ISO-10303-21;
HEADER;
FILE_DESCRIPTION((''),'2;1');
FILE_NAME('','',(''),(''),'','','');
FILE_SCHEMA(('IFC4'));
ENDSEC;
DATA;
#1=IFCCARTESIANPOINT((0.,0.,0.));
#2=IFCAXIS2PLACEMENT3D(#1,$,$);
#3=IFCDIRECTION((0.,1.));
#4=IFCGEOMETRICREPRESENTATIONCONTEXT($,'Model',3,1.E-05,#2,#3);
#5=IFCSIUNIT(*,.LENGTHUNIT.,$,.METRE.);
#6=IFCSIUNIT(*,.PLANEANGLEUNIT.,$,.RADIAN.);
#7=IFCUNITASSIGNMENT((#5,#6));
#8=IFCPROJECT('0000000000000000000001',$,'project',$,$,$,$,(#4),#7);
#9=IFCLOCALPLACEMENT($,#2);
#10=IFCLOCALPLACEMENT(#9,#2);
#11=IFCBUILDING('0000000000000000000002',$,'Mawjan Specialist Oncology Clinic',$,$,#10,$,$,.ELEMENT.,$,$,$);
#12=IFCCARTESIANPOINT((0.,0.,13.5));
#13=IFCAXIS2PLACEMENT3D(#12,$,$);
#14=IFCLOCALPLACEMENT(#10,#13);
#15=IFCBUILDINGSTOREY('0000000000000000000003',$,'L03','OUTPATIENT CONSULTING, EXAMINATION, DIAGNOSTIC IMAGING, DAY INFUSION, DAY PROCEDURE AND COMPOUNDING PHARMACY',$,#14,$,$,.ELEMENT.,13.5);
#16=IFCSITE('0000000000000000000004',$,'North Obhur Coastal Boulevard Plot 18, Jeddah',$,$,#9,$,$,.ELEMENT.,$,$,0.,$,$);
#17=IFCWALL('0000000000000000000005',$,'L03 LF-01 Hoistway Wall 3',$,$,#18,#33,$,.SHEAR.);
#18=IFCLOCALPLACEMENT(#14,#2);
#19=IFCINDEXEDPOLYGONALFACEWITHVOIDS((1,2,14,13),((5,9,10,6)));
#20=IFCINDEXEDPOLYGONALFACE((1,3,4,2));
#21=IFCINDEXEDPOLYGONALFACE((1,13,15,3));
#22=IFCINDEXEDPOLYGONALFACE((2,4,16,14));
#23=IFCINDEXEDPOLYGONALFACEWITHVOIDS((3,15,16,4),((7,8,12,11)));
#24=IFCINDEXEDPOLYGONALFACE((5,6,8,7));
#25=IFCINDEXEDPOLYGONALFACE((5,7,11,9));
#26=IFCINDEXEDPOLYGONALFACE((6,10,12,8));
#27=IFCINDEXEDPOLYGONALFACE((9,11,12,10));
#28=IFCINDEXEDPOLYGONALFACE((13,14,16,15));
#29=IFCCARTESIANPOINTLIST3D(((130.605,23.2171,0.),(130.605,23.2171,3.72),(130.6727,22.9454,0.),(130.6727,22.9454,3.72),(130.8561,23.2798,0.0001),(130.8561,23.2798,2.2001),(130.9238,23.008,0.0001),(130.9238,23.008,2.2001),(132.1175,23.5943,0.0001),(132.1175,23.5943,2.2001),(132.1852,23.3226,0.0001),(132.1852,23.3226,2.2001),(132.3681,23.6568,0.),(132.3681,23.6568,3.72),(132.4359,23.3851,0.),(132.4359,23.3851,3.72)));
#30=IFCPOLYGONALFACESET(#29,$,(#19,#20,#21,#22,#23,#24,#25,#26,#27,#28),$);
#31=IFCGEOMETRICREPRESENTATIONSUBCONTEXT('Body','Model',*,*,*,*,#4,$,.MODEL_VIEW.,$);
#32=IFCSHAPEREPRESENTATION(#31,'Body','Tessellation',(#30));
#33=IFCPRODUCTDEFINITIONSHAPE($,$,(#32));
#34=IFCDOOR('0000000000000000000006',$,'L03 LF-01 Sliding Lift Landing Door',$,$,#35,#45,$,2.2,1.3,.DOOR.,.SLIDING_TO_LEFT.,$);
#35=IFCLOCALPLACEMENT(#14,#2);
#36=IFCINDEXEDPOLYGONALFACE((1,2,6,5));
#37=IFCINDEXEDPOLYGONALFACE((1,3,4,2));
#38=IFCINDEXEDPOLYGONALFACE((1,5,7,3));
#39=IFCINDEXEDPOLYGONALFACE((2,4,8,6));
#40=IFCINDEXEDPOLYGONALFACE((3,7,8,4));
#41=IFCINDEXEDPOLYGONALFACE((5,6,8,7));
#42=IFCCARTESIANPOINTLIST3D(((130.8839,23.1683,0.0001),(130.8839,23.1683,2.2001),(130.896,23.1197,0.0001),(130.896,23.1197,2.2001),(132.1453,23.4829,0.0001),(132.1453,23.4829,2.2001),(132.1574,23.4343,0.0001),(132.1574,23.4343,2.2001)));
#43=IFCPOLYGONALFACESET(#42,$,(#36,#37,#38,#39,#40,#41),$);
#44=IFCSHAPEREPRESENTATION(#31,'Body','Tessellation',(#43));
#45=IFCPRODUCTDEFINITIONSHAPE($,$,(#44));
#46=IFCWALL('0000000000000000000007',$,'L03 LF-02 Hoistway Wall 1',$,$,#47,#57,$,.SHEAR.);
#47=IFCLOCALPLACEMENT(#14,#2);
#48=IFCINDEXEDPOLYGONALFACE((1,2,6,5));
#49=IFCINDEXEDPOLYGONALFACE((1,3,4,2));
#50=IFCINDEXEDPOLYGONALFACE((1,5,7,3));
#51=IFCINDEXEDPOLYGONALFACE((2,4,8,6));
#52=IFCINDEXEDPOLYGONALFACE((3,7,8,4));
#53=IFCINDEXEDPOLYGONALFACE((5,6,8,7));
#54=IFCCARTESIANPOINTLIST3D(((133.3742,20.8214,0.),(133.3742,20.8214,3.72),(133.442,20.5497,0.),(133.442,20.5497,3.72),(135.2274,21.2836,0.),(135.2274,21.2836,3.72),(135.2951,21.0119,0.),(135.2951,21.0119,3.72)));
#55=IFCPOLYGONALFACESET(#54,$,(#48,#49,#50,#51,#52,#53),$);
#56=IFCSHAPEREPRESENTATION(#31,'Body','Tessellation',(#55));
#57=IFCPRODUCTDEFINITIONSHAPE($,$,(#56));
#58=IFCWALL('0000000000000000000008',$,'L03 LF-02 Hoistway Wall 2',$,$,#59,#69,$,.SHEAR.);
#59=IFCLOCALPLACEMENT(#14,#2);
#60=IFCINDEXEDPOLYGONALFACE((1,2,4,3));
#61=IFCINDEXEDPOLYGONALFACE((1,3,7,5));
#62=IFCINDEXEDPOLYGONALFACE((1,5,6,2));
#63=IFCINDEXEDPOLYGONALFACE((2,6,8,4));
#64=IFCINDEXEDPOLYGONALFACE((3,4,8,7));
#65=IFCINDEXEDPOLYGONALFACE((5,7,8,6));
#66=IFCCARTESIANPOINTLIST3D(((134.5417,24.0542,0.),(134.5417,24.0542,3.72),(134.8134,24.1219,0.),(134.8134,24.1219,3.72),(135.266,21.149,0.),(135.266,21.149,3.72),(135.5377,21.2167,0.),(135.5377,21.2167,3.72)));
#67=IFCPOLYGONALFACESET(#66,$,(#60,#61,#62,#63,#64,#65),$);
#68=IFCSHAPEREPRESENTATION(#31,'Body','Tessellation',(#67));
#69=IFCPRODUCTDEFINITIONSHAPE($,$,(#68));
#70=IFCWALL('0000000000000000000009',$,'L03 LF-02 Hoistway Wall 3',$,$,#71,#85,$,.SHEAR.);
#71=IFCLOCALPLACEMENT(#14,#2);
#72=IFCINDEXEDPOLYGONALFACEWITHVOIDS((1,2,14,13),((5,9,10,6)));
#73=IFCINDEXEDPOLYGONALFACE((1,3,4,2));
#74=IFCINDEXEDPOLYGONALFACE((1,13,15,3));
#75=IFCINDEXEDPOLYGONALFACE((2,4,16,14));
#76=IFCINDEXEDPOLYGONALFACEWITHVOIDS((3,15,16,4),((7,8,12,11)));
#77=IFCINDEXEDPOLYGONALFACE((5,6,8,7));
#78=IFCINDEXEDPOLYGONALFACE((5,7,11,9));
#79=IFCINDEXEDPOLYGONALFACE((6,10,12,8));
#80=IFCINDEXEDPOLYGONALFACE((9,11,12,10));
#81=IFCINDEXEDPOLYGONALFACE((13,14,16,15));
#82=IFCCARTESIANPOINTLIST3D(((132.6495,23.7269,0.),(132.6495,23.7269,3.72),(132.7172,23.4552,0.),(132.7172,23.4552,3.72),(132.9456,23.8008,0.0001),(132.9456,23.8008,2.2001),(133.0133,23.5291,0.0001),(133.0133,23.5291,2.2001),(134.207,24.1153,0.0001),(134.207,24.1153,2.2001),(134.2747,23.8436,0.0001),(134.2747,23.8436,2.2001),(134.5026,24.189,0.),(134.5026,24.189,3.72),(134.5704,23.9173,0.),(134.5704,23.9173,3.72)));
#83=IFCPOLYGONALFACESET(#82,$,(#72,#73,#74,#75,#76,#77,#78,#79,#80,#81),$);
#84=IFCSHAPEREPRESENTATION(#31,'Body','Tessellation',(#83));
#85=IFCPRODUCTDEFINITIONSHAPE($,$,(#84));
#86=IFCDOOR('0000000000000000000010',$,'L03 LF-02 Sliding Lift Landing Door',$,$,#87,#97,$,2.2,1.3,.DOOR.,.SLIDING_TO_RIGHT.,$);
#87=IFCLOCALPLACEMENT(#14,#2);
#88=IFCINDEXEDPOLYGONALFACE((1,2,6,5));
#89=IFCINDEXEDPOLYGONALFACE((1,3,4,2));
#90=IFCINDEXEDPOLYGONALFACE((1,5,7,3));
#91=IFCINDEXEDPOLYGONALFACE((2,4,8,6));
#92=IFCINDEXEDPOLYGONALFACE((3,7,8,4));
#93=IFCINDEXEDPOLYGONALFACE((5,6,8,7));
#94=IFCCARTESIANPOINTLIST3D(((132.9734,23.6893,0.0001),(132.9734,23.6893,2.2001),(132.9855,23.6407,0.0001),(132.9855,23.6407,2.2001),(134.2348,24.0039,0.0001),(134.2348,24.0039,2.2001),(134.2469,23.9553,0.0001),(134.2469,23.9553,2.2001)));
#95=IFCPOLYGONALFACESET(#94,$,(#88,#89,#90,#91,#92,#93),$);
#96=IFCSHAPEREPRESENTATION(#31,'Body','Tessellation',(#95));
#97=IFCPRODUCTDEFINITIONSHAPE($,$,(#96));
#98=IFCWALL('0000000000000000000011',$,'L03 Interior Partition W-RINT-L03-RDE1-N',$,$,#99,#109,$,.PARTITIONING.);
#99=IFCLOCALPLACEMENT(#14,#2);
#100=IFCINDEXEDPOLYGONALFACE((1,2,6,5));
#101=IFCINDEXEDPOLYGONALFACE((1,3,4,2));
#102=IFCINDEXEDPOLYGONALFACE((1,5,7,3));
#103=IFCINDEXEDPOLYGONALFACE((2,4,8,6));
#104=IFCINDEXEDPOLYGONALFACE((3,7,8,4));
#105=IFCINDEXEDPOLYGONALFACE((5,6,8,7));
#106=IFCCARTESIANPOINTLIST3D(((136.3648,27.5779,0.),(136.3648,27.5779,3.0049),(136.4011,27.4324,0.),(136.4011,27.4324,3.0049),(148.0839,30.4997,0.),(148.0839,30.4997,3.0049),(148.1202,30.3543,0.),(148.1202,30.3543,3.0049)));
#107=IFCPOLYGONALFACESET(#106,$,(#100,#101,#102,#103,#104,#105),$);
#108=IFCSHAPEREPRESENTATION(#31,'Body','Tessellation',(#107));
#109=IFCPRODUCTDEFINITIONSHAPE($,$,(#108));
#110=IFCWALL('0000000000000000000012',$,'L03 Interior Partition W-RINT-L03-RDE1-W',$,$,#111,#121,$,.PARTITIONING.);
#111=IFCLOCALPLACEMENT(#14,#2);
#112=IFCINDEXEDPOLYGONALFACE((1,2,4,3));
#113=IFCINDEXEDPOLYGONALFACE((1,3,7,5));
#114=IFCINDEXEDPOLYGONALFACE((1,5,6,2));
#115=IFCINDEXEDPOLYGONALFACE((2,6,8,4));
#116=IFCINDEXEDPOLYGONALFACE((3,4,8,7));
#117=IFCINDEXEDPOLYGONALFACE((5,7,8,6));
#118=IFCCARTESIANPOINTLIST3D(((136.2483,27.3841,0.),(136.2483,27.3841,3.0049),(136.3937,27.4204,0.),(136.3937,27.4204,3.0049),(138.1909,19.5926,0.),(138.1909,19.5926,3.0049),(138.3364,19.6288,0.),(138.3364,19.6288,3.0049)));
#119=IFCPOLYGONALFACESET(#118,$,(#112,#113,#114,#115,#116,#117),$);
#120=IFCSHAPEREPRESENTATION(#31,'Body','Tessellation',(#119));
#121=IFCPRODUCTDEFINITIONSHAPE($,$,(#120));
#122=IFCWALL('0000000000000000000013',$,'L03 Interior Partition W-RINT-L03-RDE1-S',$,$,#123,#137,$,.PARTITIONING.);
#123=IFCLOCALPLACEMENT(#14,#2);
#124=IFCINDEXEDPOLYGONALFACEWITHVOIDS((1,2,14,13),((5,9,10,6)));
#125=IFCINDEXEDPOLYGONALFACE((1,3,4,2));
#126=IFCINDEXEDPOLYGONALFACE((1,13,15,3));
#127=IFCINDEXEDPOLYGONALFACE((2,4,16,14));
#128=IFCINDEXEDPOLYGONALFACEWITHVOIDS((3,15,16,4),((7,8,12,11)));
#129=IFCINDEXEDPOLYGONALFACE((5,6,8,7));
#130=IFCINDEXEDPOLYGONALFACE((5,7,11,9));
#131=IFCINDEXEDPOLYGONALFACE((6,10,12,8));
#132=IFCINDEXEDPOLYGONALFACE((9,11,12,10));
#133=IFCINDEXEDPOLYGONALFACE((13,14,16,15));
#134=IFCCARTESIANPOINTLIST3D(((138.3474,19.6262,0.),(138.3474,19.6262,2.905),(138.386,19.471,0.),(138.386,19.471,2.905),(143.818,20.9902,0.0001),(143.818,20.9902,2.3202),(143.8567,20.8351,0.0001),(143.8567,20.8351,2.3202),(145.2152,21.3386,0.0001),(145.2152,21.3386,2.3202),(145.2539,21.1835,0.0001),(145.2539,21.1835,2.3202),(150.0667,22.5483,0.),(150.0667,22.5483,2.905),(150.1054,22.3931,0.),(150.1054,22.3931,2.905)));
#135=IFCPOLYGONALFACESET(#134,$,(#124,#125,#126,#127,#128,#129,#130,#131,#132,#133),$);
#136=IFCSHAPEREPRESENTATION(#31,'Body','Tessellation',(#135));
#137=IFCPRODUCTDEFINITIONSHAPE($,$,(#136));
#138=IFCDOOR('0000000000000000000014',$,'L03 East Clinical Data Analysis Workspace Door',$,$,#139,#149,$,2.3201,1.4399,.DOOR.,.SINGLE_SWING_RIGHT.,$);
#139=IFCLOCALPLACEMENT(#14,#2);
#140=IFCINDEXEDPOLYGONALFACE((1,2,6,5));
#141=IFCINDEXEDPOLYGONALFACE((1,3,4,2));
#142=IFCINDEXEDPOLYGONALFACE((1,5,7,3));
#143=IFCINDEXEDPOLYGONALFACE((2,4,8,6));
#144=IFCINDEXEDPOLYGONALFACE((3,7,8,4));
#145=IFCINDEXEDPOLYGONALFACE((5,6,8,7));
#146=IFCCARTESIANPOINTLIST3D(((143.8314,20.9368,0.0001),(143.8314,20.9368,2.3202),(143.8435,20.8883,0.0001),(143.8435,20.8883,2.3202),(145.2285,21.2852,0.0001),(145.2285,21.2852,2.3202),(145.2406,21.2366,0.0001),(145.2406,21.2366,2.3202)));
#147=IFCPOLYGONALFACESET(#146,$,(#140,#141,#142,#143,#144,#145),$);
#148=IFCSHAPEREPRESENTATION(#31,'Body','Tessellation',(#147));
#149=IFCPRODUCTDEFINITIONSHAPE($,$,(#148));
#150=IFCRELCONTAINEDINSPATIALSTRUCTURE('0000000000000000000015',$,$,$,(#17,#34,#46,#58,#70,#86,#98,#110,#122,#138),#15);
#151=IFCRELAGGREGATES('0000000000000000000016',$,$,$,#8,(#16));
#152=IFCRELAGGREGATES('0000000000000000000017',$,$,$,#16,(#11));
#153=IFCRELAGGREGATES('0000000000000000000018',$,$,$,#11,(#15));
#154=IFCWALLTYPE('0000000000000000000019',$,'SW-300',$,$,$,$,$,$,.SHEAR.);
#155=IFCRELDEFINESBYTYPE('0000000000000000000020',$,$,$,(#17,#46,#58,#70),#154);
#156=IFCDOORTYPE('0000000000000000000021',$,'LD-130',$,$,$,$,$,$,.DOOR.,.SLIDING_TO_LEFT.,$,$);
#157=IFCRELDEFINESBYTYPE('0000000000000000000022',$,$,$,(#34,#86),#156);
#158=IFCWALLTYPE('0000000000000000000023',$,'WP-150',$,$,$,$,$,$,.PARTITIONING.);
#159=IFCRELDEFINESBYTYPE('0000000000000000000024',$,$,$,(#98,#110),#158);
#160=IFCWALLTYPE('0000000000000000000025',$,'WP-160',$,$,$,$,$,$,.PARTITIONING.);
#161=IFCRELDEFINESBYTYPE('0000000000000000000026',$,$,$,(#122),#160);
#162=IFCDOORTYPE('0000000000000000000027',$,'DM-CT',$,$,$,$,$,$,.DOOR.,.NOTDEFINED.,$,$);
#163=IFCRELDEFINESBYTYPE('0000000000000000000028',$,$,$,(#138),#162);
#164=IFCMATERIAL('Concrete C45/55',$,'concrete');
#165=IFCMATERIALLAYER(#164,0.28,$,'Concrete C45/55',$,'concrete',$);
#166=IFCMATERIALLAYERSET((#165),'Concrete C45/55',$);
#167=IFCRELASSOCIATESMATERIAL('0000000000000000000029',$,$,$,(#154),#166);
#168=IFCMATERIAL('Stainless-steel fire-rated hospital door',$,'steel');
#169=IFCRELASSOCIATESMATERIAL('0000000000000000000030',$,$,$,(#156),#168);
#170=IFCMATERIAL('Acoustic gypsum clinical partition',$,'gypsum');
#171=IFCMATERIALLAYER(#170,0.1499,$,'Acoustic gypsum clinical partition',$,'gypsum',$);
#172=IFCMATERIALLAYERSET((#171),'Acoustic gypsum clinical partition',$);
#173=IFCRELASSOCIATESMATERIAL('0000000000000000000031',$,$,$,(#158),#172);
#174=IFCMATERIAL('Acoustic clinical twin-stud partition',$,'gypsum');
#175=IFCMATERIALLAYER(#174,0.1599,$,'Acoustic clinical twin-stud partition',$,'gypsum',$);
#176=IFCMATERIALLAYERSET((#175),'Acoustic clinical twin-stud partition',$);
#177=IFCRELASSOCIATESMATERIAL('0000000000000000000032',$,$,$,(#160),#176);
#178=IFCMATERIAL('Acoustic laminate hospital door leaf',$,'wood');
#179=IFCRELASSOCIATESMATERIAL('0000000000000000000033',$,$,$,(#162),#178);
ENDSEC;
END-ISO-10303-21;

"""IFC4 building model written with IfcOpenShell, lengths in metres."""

from ifc_helpers import new_model, si_unit, direction, frame, frame_2d, origin, place, context, subcontext, project, spatial, rectangle, extrude, material, layer, layer_set, type_object, element, fill, save


model = new_model("IFC4")

# Units and contexts
model_context = context("Model", 3, precision=1e-05, world=origin(), true_north=direction((0.0, 1.0)))
body_context = subcontext(model_context, "Body", "Model", "MODEL_VIEW")
ifc_project = project(units=[si_unit("LENGTHUNIT", "METRE"), si_unit("PLANEANGLEUNIT", "RADIAN")], contexts=[model_context])

# Site, building, storey
site_placement = place(None, origin())
site = spatial("IfcSite", under=ifc_project, at=site_placement, Name="North Obhur Coastal Boulevard Plot 18, Jeddah", CompositionType="ELEMENT", RefElevation=0.0)
building_placement = place(site_placement, origin())
building = spatial("IfcBuilding", under=site, at=building_placement, Name="Mawjan Specialist Oncology Clinic", CompositionType="ELEMENT")
storey_placement = place(building_placement, frame((0.0, 0.0, 13.5)))
storey = spatial("IfcBuildingStorey", under=building, at=storey_placement, Name="L03", Description="OUTPATIENT CONSULTING, EXAMINATION, DIAGNOSTIC IMAGING, DAY INFUSION, DAY PROCEDURE AND COMPOUNDING PHARMACY", CompositionType="ELEMENT", Elevation=13.5)

# Shared definitions
ifc_material_1 = material(Name="Concrete C45/55", Category="concrete")
ifc_layer_1 = layer(ifc_material_1, 0.28, Name="Concrete C45/55", Category="concrete")
ifc_layer_set_1 = layer_set([ifc_layer_1], Name="Concrete C45/55")
wall_type_1 = type_object("IfcWallType", Name="SW-300", PredefinedType="SHEAR", material=ifc_layer_set_1)

# Wall, opening, door
wall_1_placement = place(storey_placement, frame((132.4021, 23.521, 0.0), z_axis=(0.0, 0.0, 1.0), x_axis=(-0.970285, -0.241967, 0.0)))
wall_1 = element("IfcWall", 1, at=wall_1_placement, inside=storey, type_object=wall_type_1, Name="L03 LF-01 Hoistway Wall 3", PredefinedType="SHEAR", context=body_context, shape_type="SweptSolid", body=[
    extrude(rectangle(XDim=1.8171, YDim=0.28, at=frame_2d((0.9087, 0.0))), origin(), (0.0, 0.0, 1.0), 3.72),
])
opening_1_placement = place(wall_1_placement, frame((0.2585, 0.0, 0.0)))
opening_1 = element("IfcOpeningElement", 2, at=opening_1_placement, cuts=wall_1, PredefinedType="OPENING", context=body_context, shape_type="SweptSolid", body=[
    extrude(rectangle(XDim=1.3, YDim=2.2, at=frame_2d((0.6499, 1.1001))), frame((0.0, 0.1521, 0.0), z_axis=(0.0, -1.0, 0.0), x_axis=(1.0, 0.0, 0.0)), (0.0, 0.0, 1.0), 0.304),
])
ifc_material_2 = material(Name="Stainless-steel fire-rated hospital door", Category="steel")
door_type_1 = type_object("IfcDoorType", Name="LD-130", OperationType="SLIDING_TO_LEFT", PredefinedType="DOOR", material=ifc_material_2)
door_1_placement = place(opening_1_placement, origin())
door_1 = element("IfcDoor", 3, at=door_1_placement, inside=storey, type_object=door_type_1, Name="L03 LF-01 Sliding Lift Landing Door", OperationType="SLIDING_TO_LEFT", OverallHeight=2.2, OverallWidth=1.3, PredefinedType="DOOR", context=body_context, shape_type="SweptSolid", body=[
    extrude(rectangle(XDim=1.3, YDim=2.2, at=frame_2d((0.6499, 1.1001))), frame((0.0, 0.0249, 0.0), z_axis=(0.0, -1.0, 0.0), x_axis=(1.0, 0.0, 0.0)), (0.0, 0.0, 1.0), 0.05),
])
fill(opening_1, door_1)

# Walls
wall_2_placement = place(storey_placement, frame((133.408, 20.6855, 0.0), z_axis=(0.0, 0.0, 1.0), x_axis=(0.970285, 0.241964, 0.0)))
element("IfcWall", 4, at=wall_2_placement, inside=storey, type_object=wall_type_1, Name="L03 LF-02 Hoistway Wall 1", PredefinedType="SHEAR", context=body_context, shape_type="SweptSolid", body=[
    extrude(rectangle(XDim=1.9099, YDim=0.28, at=frame_2d((0.9551, 0.0))), origin(), (0.0, 0.0, 1.0), 3.72),
])
wall_3_placement = place(storey_placement, frame((135.4019, 21.1829, 0.0), z_axis=(0.0, 0.0, 1.0), x_axis=(-0.241922, 0.970296, 0.0)))
element("IfcWall", 5, at=wall_3_placement, inside=storey, type_object=wall_type_1, Name="L03 LF-02 Hoistway Wall 2", PredefinedType="SHEAR", context=body_context, shape_type="SweptSolid", body=[
    extrude(rectangle(XDim=2.9941, YDim=0.28, at=frame_2d((1.4971, 0.0))), origin(), (0.0, 0.0, 1.0), 3.72),
])

# Wall, opening, door
wall_4_placement = place(storey_placement, frame((134.5366, 24.0532, 0.0), z_axis=(0.0, 0.0, 1.0), x_axis=(-0.970285, -0.241964, 0.0)))
wall_4 = element("IfcWall", 6, at=wall_4_placement, inside=storey, type_object=wall_type_1, Name="L03 LF-02 Hoistway Wall 3", PredefinedType="SHEAR", context=body_context, shape_type="SweptSolid", body=[
    extrude(rectangle(XDim=1.9099, YDim=0.28, at=frame_2d((0.9551, 0.0))), origin(), (0.0, 0.0, 1.0), 3.72),
])
opening_2_placement = place(wall_4_placement, frame((0.3049, 0.0, 0.0)))
opening_2 = element("IfcOpeningElement", 7, at=opening_2_placement, cuts=wall_4, PredefinedType="OPENING", context=body_context, shape_type="SweptSolid", body=[
    extrude(rectangle(XDim=1.3, YDim=2.2, at=frame_2d((0.6499, 1.1001))), frame((0.0, 0.1521, 0.0), z_axis=(0.0, -1.0, 0.0), x_axis=(1.0, 0.0, 0.0)), (0.0, 0.0, 1.0), 0.304),
])
door_2_placement = place(opening_2_placement, origin())
door_2 = element("IfcDoor", 8, at=door_2_placement, inside=storey, type_object=door_type_1, Name="L03 LF-02 Sliding Lift Landing Door", OperationType="SLIDING_TO_RIGHT", OverallHeight=2.2, OverallWidth=1.3, PredefinedType="DOOR", context=body_context, shape_type="SweptSolid", body=[
    extrude(rectangle(XDim=1.3, YDim=2.2, at=frame_2d((0.6499, 1.1001))), frame((0.0, 0.0249, 0.0), z_axis=(0.0, -1.0, 0.0), x_axis=(1.0, 0.0, 0.0)), (0.0, 0.0, 1.0), 0.05),
])
fill(opening_2, door_2)

# Walls
ifc_material_3 = material(Name="Acoustic gypsum clinical partition", Category="gypsum")
ifc_layer_2 = layer(ifc_material_3, 0.1499, Name="Acoustic gypsum clinical partition", Category="gypsum")
ifc_layer_set_2 = layer_set([ifc_layer_2], Name="Acoustic gypsum clinical partition")
wall_type_2 = type_object("IfcWallType", Name="WP-150", PredefinedType="PARTITIONING", material=ifc_layer_set_2)
wall_5_placement = place(storey_placement, frame((136.3828, 27.5051, 0.0), z_axis=(0.0, 0.0, 1.0), x_axis=(0.970297, 0.241917, 0.0)))
element("IfcWall", 9, at=wall_5_placement, inside=storey, type_object=wall_type_2, Name="L03 Interior Partition W-RINT-L03-RDE1-N", PredefinedType="PARTITIONING", context=body_context, shape_type="SweptSolid", body=[
    extrude(rectangle(XDim=12.0779, YDim=0.1499, at=frame_2d((6.0391, 0.0))), origin(), (0.0, 0.0, 1.0), 3.0049),
])
wall_6_placement = place(storey_placement, frame((138.2637, 19.6106, 0.0), z_axis=(0.0, 0.0, 1.0), x_axis=(-0.24192, 0.970296, 0.0)))
element("IfcWall", 10, at=wall_6_placement, inside=storey, type_object=wall_type_2, Name="L03 Interior Partition W-RINT-L03-RDE1-W", PredefinedType="PARTITIONING", context=body_context, shape_type="SweptSolid", body=[
    extrude(rectangle(XDim=8.03, YDim=0.1499, at=frame_2d((4.0151, 0.0))), origin(), (0.0, 0.0, 1.0), 3.0049),
])

# Wall, opening, door
ifc_material_4 = material(Name="Acoustic clinical twin-stud partition", Category="gypsum")
ifc_layer_3 = layer(ifc_material_4, 0.1599, Name="Acoustic clinical twin-stud partition", Category="gypsum")
ifc_layer_set_3 = layer_set([ifc_layer_3], Name="Acoustic clinical twin-stud partition")
wall_type_3 = type_object("IfcWallType", Name="WP-160", PredefinedType="PARTITIONING", material=ifc_layer_set_3)
wall_7_placement = place(storey_placement, frame((138.3667, 19.5486, 0.0), z_axis=(0.0, 0.0, 1.0), x_axis=(0.970292, 0.241936, 0.0)))
wall_7 = element("IfcWall", 11, at=wall_7_placement, inside=storey, type_object=wall_type_3, Name="L03 Interior Partition W-RINT-L03-RDE1-S", PredefinedType="PARTITIONING", context=body_context, shape_type="SweptSolid", body=[
    extrude(rectangle(XDim=12.0781, YDim=0.1599, at=frame_2d((6.0391, 0.0))), origin(), (0.0, 0.0, 1.0), 2.905),
])
opening_3_placement = place(wall_7_placement, frame((5.6382, 0.0, 0.0)))
opening_3 = element("IfcOpeningElement", 12, at=opening_3_placement, cuts=wall_7, PredefinedType="OPENING", context=body_context, shape_type="SweptSolid", body=[
    extrude(rectangle(XDim=1.4399, YDim=2.3201, at=frame_2d((0.72, 1.1602))), frame((0.0, 0.092, 0.0), z_axis=(0.0, -1.0, 0.0), x_axis=(1.0, 0.0, 0.0)), (0.0, 0.0, 1.0), 0.1838),
])
ifc_material_5 = material(Name="Acoustic laminate hospital door leaf", Category="wood")
door_type_2 = type_object("IfcDoorType", Name="DM-CT", OperationType="NOTDEFINED", PredefinedType="DOOR", material=ifc_material_5)
door_3_placement = place(opening_3_placement, origin())
door_3 = element("IfcDoor", 13, at=door_3_placement, inside=storey, type_object=door_type_2, Name="L03 East Clinical Data Analysis Workspace Door", OperationType="SINGLE_SWING_RIGHT", OverallHeight=2.3201, OverallWidth=1.4399, PredefinedType="DOOR", context=body_context, shape_type="SweptSolid", body=[
    extrude(rectangle(XDim=1.4399, YDim=2.3201, at=frame_2d((0.72, 1.1602))), frame((0.0, 0.0249, 0.0), z_axis=(0.0, -1.0, 0.0), x_axis=(1.0, 0.0, 0.0)), (0.0, 0.0, 1.0), 0.05),
])
fill(opening_3, door_3)

save(model, "model.ifc")
